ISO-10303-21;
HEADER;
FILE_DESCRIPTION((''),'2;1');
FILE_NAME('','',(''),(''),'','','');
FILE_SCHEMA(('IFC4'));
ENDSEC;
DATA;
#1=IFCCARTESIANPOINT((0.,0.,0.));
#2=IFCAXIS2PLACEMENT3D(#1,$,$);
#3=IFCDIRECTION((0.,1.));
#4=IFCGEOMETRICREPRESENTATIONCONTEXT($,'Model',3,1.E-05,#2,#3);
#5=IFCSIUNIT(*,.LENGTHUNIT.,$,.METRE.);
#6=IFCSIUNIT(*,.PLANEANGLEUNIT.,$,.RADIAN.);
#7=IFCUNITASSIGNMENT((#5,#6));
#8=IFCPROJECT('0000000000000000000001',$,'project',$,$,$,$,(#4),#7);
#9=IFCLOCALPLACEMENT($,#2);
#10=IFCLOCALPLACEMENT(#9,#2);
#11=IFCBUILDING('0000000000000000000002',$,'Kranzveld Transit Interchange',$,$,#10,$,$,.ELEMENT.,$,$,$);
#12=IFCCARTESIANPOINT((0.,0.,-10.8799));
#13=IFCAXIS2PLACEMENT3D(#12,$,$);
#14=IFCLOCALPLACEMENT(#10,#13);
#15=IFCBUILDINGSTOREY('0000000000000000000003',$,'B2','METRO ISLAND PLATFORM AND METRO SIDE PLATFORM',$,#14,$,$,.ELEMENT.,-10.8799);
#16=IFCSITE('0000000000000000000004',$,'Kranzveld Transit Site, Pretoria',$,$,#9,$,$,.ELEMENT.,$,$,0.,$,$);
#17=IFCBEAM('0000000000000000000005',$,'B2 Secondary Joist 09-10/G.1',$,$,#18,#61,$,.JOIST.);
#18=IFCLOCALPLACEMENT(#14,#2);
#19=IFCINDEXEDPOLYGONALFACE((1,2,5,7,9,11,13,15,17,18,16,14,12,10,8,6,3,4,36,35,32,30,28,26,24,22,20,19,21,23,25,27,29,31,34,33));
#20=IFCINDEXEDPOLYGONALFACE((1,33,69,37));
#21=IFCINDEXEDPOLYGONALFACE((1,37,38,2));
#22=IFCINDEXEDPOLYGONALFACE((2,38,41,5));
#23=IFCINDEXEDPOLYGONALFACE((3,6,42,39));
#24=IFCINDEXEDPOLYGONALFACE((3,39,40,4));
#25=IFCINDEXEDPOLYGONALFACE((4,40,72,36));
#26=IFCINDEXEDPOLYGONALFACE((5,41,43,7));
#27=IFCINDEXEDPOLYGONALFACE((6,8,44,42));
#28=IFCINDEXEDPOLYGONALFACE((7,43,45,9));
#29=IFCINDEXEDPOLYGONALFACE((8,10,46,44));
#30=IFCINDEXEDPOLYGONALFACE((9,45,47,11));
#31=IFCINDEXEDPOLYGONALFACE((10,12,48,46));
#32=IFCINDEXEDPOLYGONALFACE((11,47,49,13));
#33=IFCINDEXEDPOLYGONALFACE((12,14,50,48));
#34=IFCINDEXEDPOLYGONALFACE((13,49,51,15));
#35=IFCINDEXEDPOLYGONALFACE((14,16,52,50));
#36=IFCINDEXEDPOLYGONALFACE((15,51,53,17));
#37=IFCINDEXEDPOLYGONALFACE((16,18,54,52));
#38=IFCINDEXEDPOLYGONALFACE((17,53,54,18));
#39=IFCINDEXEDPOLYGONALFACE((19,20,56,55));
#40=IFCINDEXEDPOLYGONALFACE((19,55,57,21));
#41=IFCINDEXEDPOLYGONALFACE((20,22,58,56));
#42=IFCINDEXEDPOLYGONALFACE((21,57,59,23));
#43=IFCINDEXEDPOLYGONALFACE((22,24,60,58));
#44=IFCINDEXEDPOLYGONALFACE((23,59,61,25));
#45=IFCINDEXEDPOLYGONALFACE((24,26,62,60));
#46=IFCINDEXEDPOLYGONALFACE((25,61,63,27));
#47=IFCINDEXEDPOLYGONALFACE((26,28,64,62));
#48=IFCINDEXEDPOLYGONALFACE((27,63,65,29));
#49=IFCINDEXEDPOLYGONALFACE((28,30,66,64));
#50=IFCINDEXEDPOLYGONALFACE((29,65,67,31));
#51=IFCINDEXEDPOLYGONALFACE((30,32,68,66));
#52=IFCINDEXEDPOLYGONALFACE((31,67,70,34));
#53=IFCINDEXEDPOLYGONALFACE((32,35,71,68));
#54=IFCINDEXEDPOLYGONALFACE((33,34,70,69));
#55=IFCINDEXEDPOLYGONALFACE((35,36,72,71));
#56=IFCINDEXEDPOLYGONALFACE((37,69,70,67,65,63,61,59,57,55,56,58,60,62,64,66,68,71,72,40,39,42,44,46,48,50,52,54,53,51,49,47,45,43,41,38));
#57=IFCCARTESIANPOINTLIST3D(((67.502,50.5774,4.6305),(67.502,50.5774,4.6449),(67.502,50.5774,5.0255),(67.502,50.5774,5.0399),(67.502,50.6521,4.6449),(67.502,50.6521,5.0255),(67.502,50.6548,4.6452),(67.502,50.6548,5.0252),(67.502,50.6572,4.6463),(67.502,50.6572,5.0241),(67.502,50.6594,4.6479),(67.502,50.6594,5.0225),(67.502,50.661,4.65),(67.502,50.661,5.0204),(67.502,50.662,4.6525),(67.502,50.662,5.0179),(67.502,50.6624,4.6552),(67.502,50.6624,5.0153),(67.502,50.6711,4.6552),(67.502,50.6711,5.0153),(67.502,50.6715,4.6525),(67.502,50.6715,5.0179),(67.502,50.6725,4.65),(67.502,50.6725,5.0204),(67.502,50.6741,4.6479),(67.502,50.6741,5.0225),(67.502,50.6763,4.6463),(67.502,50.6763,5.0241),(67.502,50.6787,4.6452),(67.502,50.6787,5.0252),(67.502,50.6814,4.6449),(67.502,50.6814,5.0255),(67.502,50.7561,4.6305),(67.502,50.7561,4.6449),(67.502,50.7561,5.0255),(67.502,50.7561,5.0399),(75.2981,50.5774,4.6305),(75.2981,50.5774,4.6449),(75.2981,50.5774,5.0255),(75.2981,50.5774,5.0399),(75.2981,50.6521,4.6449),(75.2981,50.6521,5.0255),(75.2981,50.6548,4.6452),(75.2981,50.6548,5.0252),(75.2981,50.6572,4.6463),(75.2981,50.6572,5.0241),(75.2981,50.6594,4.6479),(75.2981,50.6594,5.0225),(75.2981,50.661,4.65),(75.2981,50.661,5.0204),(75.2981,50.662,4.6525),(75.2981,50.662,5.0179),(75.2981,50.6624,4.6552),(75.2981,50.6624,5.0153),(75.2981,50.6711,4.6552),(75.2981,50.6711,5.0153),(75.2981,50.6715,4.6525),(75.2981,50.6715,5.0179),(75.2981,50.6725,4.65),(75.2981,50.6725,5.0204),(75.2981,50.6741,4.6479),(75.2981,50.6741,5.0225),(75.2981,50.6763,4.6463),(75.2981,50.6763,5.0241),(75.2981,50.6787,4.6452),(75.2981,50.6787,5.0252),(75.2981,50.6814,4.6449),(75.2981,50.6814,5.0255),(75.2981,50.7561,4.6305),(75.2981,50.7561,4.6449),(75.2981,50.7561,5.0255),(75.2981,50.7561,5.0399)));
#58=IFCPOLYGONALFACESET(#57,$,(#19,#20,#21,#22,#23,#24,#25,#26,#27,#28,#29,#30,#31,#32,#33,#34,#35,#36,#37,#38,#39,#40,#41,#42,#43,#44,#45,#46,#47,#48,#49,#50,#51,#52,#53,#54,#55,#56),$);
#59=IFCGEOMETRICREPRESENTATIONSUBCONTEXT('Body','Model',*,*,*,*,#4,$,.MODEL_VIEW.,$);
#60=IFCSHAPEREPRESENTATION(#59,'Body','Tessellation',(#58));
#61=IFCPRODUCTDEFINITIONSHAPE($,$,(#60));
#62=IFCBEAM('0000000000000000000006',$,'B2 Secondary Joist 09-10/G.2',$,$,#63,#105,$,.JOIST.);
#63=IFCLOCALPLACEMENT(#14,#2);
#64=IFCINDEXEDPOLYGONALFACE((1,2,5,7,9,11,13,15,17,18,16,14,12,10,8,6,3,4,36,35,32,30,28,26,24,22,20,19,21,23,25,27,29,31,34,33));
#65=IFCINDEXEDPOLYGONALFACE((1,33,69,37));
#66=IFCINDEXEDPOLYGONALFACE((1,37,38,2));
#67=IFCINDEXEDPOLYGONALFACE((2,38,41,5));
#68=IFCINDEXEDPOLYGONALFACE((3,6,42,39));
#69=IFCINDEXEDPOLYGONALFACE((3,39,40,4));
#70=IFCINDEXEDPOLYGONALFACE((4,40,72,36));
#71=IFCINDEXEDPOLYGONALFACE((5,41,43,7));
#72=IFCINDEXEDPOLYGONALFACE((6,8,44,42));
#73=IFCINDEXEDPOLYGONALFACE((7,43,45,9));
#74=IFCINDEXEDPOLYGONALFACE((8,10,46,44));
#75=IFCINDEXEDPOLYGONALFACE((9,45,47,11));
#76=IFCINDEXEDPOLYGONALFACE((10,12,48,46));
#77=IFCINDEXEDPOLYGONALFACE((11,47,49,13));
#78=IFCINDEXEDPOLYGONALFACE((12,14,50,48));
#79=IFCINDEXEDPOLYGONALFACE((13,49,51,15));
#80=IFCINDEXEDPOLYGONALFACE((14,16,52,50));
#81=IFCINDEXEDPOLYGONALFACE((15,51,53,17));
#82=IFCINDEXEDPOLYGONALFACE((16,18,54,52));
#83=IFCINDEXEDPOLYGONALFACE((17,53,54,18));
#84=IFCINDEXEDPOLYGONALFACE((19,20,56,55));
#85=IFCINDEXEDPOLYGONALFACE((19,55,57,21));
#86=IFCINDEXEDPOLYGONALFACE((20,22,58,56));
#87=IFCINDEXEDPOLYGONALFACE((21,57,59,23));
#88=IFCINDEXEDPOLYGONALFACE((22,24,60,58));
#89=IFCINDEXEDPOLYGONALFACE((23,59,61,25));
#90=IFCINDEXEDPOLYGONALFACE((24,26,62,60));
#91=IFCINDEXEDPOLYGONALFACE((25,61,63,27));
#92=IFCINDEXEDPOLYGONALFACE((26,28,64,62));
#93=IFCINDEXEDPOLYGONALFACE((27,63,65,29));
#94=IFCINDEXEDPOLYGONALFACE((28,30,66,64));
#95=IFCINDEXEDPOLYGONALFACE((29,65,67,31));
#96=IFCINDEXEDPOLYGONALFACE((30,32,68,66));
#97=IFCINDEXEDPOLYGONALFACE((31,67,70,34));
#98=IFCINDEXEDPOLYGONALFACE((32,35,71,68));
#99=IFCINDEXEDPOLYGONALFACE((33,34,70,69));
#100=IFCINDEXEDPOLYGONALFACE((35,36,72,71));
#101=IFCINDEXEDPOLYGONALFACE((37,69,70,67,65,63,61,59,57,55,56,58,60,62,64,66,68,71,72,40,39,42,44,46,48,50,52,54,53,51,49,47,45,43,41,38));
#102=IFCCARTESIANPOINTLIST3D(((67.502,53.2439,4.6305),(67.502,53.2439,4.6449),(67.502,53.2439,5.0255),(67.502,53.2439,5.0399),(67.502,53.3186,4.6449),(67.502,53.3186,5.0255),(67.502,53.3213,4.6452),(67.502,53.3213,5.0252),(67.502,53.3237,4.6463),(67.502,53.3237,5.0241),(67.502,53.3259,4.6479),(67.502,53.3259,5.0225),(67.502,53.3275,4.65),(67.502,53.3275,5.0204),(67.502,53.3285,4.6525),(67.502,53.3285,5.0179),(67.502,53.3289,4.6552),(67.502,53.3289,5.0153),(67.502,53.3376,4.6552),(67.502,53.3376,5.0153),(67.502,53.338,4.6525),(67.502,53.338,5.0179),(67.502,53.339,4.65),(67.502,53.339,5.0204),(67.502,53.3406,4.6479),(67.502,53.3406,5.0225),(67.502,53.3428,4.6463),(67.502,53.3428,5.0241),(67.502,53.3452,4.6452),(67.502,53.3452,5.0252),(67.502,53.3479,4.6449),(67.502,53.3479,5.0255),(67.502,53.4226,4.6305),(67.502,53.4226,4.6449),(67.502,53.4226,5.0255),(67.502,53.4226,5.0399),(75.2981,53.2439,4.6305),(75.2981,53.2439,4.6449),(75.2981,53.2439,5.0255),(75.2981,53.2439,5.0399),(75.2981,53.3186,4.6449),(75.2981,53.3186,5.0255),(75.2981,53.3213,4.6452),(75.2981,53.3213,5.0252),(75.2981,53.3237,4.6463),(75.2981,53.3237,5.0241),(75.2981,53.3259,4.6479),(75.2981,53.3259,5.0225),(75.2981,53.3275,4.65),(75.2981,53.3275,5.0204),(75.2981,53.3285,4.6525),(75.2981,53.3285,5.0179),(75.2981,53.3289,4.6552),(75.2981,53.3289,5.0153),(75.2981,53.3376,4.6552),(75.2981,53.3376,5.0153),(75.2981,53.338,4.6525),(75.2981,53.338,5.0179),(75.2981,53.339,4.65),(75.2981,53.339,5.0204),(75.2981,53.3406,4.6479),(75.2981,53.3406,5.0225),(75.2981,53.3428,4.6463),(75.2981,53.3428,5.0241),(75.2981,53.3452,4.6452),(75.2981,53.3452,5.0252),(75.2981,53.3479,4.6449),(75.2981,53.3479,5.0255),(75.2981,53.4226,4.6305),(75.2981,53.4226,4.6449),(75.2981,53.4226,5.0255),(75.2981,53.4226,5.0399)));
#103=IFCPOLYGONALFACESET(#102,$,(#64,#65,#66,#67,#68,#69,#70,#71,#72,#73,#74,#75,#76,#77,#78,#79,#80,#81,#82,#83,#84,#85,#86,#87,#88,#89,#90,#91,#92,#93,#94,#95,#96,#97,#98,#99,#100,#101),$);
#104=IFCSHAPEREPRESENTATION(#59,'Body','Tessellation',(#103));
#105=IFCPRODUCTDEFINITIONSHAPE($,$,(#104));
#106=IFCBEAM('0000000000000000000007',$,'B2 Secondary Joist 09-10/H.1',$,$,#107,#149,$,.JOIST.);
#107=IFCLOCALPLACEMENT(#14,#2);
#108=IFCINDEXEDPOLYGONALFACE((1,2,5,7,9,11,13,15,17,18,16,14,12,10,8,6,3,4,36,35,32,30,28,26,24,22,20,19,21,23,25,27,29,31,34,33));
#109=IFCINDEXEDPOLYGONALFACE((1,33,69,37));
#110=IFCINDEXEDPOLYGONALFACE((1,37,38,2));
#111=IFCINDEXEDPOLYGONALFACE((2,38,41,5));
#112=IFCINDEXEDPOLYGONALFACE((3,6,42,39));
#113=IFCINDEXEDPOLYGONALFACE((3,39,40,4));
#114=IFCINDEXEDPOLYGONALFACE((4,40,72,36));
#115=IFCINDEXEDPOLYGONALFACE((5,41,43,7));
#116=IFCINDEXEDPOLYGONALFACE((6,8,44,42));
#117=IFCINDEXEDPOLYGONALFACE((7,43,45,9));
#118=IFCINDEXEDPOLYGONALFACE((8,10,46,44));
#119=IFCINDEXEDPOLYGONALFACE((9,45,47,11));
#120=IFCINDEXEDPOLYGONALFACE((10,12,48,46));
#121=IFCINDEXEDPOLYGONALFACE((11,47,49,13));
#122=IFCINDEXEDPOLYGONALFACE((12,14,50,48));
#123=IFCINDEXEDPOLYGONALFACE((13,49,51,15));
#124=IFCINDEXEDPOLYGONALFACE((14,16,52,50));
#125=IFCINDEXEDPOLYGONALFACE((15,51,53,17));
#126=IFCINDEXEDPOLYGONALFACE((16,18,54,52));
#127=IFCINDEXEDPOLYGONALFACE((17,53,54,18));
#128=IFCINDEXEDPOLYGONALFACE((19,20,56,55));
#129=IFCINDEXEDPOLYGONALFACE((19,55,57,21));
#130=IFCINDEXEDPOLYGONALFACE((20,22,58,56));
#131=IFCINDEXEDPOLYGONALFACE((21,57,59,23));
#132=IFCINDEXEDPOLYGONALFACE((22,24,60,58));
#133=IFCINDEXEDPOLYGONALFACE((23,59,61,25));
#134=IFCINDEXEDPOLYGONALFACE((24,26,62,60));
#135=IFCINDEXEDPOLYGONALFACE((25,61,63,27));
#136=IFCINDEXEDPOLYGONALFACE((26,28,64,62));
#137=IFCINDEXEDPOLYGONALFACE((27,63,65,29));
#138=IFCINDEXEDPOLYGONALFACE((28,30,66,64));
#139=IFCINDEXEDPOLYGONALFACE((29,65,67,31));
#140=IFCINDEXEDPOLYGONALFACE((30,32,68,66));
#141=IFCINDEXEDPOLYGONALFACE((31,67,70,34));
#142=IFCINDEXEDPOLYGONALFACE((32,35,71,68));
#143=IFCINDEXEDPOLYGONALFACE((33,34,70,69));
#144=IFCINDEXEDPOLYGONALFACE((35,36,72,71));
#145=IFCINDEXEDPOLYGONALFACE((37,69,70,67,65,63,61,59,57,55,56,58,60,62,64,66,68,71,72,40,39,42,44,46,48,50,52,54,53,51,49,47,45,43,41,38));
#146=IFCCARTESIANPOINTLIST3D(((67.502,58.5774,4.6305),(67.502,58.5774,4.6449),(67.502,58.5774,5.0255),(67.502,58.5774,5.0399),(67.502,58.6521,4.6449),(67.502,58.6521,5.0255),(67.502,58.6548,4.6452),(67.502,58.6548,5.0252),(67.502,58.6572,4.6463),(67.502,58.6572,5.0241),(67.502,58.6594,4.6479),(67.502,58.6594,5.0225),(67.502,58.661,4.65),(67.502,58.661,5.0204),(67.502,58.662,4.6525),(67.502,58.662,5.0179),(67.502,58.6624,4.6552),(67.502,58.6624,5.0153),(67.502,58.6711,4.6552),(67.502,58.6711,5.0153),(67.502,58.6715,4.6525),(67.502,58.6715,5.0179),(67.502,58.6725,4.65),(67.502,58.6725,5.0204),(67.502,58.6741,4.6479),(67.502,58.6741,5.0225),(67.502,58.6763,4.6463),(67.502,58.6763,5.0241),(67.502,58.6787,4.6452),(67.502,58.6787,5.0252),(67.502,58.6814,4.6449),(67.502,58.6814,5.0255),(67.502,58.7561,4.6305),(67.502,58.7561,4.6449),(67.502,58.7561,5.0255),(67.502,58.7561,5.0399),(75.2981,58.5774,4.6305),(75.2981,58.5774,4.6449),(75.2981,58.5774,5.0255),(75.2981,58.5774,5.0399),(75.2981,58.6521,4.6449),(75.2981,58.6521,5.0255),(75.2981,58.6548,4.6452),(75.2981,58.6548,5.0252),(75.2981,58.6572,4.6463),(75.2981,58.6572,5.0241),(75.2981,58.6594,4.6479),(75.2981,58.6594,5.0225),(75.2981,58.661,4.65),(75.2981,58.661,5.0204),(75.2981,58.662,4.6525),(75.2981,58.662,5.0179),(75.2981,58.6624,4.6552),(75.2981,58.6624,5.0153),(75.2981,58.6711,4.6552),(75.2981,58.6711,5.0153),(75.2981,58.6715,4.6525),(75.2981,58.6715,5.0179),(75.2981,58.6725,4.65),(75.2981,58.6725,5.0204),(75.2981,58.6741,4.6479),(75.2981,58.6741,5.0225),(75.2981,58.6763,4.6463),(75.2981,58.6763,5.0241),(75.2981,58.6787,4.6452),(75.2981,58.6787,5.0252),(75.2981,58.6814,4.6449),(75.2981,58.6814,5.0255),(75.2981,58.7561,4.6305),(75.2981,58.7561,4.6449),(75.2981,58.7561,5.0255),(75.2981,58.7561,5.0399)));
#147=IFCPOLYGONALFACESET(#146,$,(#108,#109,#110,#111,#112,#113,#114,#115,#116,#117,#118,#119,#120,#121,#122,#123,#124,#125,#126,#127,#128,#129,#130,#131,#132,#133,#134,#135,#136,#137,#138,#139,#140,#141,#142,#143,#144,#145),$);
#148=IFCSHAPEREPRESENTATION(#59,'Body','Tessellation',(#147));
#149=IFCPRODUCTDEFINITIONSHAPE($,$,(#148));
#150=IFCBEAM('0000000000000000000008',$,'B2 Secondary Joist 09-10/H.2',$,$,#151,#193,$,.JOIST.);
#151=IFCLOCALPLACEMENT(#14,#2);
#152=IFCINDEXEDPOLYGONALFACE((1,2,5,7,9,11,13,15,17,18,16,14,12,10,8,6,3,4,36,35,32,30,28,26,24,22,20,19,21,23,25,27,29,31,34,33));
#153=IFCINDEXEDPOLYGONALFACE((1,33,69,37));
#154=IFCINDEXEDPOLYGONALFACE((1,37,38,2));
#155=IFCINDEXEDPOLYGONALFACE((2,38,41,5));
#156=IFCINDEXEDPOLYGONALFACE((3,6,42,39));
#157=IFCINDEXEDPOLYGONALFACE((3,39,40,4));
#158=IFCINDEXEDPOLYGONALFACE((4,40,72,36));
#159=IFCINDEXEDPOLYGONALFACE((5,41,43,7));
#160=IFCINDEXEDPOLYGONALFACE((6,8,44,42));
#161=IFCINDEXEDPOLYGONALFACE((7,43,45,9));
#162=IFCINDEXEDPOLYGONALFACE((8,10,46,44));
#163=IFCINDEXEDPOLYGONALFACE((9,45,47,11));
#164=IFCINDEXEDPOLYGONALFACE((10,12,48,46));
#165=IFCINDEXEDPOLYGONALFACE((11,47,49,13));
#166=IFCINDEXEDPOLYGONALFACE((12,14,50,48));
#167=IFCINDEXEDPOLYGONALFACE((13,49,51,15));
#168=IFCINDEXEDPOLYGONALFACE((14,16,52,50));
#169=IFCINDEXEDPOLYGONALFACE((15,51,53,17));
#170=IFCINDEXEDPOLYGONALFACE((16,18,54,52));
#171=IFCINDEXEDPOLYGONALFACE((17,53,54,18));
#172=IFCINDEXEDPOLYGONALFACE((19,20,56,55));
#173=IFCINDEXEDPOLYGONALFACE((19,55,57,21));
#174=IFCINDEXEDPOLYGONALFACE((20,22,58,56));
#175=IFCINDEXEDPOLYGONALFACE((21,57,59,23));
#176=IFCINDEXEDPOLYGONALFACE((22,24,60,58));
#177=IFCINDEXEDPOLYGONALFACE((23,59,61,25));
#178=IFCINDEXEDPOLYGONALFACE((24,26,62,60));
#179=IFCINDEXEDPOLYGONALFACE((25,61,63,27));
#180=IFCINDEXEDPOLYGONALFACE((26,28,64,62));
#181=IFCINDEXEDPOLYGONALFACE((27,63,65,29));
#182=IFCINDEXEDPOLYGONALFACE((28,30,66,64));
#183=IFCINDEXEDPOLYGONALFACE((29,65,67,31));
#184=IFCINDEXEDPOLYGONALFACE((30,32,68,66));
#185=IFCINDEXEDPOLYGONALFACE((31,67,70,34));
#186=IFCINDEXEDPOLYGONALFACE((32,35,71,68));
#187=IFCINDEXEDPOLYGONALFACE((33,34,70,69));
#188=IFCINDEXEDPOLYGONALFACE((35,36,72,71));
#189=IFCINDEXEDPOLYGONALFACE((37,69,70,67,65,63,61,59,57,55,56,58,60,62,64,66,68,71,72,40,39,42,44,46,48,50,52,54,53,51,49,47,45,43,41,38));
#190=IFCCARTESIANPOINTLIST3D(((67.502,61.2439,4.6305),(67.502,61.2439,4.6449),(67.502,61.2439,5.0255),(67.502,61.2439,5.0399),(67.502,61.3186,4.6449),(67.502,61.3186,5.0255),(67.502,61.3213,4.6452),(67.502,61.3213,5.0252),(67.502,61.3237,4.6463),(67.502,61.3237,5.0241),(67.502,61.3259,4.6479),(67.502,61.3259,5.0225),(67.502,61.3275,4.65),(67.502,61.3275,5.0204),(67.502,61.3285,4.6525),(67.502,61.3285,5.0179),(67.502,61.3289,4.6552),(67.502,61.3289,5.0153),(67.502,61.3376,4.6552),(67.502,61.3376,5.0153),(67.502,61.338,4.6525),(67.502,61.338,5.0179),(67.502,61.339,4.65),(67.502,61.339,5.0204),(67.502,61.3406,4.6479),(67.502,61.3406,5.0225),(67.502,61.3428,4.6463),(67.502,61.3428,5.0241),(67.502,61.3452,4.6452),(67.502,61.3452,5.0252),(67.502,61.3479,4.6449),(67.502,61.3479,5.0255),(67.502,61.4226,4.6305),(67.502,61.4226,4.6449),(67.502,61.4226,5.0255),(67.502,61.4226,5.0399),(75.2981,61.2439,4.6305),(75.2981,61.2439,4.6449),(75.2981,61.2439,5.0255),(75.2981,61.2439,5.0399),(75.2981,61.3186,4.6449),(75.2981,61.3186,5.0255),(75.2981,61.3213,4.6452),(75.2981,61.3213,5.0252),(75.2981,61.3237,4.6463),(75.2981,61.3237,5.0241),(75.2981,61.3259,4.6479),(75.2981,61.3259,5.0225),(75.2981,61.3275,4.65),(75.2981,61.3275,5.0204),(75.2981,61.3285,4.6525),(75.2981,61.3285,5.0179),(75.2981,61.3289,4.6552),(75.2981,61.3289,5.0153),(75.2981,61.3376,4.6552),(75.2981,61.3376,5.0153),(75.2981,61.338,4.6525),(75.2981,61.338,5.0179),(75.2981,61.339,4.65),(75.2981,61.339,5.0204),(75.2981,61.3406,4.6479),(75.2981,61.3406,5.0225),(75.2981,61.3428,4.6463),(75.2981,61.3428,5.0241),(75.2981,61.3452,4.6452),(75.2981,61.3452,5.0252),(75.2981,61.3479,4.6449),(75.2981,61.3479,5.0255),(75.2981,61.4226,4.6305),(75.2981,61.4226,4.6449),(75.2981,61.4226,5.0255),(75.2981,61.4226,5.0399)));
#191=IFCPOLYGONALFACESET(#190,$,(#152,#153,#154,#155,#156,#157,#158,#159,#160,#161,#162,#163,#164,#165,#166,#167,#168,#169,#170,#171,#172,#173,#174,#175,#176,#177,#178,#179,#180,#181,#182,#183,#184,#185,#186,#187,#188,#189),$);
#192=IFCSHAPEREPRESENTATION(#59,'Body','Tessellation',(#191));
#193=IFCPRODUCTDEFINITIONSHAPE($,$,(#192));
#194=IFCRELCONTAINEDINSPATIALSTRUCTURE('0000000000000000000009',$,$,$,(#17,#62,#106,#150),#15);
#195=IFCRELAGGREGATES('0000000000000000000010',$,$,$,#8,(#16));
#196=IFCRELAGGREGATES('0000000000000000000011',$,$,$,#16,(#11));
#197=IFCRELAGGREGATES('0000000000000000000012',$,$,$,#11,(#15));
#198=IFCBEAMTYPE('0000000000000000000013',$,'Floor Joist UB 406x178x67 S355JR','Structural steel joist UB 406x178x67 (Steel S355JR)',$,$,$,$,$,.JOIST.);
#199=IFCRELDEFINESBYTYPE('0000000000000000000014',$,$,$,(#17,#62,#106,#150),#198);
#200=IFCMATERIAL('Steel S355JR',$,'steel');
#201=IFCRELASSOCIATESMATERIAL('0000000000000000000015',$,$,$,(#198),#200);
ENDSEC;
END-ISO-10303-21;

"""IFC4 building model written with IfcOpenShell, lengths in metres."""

from ifc_helpers import new_model, si_unit, direction, frame, origin, origin_2d, place, context, subcontext, project, spatial, i_section, extrude, material, material_profile, profile_set, type_object, element, save


model = new_model("IFC4")

# Units and contexts
model_context = context("Model", 3, precision=1e-05, world=origin(), true_north=direction((0.0, 1.0)))
body_context = subcontext(model_context, "Body", "Model", "MODEL_VIEW")
ifc_project = project(units=[si_unit("LENGTHUNIT", "METRE"), si_unit("PLANEANGLEUNIT", "RADIAN")], contexts=[model_context])

# Site, building, storey
site_placement = place(None, origin())
site = spatial("IfcSite", under=ifc_project, at=site_placement, Name="Kranzveld Transit Site, Pretoria", CompositionType="ELEMENT", RefElevation=0.0)
building_placement = place(site_placement, origin())
building = spatial("IfcBuilding", under=site, at=building_placement, Name="Kranzveld Transit Interchange", CompositionType="ELEMENT")
storey_placement = place(building_placement, frame((0.0, 0.0, -10.8799)))
storey = spatial("IfcBuildingStorey", under=building, at=storey_placement, Name="B2", Description="METRO ISLAND PLATFORM AND METRO SIDE PLATFORM", CompositionType="ELEMENT", Elevation=-10.8799)

# Beams
ifc_material_1 = material(Name="Steel S355JR", Category="steel")
ifc_material_profile_1 = material_profile(ifc_material_1, i_section(OverallWidth=0.1787, OverallDepth=0.4094, WebThickness=0.0088, FlangeThickness=0.0144, FilletRadius=0.0103, at=origin_2d()), Name="UB 406x178x67")
ifc_profile_set_1 = profile_set([ifc_material_profile_1], Name="Steel S355JR")
beam_type_1 = type_object("IfcBeamType", Name="Floor Joist UB 406x178x67 S355JR", Description="Structural steel joist UB 406x178x67 (Steel S355JR)", PredefinedType="JOIST", material=ifc_profile_set_1)
for number, where, z_axis, x_axis, name in (
    (1, (67.502, 50.6667, 4.8352), (1.0, 0.0, 0.0), (0.0, 1.0, 0.0), "B2 Secondary Joist 09-10/G.1"),
    (2, (67.502, 53.3333, 4.8352), (1.0, 0.0, 0.0), (0.0, 1.0, 0.0), "B2 Secondary Joist 09-10/G.2"),
    (3, (67.502, 58.6667, 4.8352), (1.0, 0.0, 0.0), (0.0, 1.0, 0.0), "B2 Secondary Joist 09-10/H.1"),
    (4, (67.502, 61.3333, 4.8352), (1.0, 0.0, 0.0), (0.0, 1.0, 0.0), "B2 Secondary Joist 09-10/H.2"),
):
    element("IfcBeam", number, at=place(storey_placement, frame(where, z_axis=z_axis, x_axis=x_axis)), inside=storey, type_object=beam_type_1, Name=name, PredefinedType="JOIST", context=body_context, shape_type="SweptSolid", body=[
        extrude(i_section(OverallWidth=0.1787, OverallDepth=0.4094, WebThickness=0.0088, FlangeThickness=0.0144, FilletRadius=0.0103, at=origin_2d()), origin(), (0.0, 0.0, 1.0), 7.7961),
    ])

save(model, "model.ifc")
